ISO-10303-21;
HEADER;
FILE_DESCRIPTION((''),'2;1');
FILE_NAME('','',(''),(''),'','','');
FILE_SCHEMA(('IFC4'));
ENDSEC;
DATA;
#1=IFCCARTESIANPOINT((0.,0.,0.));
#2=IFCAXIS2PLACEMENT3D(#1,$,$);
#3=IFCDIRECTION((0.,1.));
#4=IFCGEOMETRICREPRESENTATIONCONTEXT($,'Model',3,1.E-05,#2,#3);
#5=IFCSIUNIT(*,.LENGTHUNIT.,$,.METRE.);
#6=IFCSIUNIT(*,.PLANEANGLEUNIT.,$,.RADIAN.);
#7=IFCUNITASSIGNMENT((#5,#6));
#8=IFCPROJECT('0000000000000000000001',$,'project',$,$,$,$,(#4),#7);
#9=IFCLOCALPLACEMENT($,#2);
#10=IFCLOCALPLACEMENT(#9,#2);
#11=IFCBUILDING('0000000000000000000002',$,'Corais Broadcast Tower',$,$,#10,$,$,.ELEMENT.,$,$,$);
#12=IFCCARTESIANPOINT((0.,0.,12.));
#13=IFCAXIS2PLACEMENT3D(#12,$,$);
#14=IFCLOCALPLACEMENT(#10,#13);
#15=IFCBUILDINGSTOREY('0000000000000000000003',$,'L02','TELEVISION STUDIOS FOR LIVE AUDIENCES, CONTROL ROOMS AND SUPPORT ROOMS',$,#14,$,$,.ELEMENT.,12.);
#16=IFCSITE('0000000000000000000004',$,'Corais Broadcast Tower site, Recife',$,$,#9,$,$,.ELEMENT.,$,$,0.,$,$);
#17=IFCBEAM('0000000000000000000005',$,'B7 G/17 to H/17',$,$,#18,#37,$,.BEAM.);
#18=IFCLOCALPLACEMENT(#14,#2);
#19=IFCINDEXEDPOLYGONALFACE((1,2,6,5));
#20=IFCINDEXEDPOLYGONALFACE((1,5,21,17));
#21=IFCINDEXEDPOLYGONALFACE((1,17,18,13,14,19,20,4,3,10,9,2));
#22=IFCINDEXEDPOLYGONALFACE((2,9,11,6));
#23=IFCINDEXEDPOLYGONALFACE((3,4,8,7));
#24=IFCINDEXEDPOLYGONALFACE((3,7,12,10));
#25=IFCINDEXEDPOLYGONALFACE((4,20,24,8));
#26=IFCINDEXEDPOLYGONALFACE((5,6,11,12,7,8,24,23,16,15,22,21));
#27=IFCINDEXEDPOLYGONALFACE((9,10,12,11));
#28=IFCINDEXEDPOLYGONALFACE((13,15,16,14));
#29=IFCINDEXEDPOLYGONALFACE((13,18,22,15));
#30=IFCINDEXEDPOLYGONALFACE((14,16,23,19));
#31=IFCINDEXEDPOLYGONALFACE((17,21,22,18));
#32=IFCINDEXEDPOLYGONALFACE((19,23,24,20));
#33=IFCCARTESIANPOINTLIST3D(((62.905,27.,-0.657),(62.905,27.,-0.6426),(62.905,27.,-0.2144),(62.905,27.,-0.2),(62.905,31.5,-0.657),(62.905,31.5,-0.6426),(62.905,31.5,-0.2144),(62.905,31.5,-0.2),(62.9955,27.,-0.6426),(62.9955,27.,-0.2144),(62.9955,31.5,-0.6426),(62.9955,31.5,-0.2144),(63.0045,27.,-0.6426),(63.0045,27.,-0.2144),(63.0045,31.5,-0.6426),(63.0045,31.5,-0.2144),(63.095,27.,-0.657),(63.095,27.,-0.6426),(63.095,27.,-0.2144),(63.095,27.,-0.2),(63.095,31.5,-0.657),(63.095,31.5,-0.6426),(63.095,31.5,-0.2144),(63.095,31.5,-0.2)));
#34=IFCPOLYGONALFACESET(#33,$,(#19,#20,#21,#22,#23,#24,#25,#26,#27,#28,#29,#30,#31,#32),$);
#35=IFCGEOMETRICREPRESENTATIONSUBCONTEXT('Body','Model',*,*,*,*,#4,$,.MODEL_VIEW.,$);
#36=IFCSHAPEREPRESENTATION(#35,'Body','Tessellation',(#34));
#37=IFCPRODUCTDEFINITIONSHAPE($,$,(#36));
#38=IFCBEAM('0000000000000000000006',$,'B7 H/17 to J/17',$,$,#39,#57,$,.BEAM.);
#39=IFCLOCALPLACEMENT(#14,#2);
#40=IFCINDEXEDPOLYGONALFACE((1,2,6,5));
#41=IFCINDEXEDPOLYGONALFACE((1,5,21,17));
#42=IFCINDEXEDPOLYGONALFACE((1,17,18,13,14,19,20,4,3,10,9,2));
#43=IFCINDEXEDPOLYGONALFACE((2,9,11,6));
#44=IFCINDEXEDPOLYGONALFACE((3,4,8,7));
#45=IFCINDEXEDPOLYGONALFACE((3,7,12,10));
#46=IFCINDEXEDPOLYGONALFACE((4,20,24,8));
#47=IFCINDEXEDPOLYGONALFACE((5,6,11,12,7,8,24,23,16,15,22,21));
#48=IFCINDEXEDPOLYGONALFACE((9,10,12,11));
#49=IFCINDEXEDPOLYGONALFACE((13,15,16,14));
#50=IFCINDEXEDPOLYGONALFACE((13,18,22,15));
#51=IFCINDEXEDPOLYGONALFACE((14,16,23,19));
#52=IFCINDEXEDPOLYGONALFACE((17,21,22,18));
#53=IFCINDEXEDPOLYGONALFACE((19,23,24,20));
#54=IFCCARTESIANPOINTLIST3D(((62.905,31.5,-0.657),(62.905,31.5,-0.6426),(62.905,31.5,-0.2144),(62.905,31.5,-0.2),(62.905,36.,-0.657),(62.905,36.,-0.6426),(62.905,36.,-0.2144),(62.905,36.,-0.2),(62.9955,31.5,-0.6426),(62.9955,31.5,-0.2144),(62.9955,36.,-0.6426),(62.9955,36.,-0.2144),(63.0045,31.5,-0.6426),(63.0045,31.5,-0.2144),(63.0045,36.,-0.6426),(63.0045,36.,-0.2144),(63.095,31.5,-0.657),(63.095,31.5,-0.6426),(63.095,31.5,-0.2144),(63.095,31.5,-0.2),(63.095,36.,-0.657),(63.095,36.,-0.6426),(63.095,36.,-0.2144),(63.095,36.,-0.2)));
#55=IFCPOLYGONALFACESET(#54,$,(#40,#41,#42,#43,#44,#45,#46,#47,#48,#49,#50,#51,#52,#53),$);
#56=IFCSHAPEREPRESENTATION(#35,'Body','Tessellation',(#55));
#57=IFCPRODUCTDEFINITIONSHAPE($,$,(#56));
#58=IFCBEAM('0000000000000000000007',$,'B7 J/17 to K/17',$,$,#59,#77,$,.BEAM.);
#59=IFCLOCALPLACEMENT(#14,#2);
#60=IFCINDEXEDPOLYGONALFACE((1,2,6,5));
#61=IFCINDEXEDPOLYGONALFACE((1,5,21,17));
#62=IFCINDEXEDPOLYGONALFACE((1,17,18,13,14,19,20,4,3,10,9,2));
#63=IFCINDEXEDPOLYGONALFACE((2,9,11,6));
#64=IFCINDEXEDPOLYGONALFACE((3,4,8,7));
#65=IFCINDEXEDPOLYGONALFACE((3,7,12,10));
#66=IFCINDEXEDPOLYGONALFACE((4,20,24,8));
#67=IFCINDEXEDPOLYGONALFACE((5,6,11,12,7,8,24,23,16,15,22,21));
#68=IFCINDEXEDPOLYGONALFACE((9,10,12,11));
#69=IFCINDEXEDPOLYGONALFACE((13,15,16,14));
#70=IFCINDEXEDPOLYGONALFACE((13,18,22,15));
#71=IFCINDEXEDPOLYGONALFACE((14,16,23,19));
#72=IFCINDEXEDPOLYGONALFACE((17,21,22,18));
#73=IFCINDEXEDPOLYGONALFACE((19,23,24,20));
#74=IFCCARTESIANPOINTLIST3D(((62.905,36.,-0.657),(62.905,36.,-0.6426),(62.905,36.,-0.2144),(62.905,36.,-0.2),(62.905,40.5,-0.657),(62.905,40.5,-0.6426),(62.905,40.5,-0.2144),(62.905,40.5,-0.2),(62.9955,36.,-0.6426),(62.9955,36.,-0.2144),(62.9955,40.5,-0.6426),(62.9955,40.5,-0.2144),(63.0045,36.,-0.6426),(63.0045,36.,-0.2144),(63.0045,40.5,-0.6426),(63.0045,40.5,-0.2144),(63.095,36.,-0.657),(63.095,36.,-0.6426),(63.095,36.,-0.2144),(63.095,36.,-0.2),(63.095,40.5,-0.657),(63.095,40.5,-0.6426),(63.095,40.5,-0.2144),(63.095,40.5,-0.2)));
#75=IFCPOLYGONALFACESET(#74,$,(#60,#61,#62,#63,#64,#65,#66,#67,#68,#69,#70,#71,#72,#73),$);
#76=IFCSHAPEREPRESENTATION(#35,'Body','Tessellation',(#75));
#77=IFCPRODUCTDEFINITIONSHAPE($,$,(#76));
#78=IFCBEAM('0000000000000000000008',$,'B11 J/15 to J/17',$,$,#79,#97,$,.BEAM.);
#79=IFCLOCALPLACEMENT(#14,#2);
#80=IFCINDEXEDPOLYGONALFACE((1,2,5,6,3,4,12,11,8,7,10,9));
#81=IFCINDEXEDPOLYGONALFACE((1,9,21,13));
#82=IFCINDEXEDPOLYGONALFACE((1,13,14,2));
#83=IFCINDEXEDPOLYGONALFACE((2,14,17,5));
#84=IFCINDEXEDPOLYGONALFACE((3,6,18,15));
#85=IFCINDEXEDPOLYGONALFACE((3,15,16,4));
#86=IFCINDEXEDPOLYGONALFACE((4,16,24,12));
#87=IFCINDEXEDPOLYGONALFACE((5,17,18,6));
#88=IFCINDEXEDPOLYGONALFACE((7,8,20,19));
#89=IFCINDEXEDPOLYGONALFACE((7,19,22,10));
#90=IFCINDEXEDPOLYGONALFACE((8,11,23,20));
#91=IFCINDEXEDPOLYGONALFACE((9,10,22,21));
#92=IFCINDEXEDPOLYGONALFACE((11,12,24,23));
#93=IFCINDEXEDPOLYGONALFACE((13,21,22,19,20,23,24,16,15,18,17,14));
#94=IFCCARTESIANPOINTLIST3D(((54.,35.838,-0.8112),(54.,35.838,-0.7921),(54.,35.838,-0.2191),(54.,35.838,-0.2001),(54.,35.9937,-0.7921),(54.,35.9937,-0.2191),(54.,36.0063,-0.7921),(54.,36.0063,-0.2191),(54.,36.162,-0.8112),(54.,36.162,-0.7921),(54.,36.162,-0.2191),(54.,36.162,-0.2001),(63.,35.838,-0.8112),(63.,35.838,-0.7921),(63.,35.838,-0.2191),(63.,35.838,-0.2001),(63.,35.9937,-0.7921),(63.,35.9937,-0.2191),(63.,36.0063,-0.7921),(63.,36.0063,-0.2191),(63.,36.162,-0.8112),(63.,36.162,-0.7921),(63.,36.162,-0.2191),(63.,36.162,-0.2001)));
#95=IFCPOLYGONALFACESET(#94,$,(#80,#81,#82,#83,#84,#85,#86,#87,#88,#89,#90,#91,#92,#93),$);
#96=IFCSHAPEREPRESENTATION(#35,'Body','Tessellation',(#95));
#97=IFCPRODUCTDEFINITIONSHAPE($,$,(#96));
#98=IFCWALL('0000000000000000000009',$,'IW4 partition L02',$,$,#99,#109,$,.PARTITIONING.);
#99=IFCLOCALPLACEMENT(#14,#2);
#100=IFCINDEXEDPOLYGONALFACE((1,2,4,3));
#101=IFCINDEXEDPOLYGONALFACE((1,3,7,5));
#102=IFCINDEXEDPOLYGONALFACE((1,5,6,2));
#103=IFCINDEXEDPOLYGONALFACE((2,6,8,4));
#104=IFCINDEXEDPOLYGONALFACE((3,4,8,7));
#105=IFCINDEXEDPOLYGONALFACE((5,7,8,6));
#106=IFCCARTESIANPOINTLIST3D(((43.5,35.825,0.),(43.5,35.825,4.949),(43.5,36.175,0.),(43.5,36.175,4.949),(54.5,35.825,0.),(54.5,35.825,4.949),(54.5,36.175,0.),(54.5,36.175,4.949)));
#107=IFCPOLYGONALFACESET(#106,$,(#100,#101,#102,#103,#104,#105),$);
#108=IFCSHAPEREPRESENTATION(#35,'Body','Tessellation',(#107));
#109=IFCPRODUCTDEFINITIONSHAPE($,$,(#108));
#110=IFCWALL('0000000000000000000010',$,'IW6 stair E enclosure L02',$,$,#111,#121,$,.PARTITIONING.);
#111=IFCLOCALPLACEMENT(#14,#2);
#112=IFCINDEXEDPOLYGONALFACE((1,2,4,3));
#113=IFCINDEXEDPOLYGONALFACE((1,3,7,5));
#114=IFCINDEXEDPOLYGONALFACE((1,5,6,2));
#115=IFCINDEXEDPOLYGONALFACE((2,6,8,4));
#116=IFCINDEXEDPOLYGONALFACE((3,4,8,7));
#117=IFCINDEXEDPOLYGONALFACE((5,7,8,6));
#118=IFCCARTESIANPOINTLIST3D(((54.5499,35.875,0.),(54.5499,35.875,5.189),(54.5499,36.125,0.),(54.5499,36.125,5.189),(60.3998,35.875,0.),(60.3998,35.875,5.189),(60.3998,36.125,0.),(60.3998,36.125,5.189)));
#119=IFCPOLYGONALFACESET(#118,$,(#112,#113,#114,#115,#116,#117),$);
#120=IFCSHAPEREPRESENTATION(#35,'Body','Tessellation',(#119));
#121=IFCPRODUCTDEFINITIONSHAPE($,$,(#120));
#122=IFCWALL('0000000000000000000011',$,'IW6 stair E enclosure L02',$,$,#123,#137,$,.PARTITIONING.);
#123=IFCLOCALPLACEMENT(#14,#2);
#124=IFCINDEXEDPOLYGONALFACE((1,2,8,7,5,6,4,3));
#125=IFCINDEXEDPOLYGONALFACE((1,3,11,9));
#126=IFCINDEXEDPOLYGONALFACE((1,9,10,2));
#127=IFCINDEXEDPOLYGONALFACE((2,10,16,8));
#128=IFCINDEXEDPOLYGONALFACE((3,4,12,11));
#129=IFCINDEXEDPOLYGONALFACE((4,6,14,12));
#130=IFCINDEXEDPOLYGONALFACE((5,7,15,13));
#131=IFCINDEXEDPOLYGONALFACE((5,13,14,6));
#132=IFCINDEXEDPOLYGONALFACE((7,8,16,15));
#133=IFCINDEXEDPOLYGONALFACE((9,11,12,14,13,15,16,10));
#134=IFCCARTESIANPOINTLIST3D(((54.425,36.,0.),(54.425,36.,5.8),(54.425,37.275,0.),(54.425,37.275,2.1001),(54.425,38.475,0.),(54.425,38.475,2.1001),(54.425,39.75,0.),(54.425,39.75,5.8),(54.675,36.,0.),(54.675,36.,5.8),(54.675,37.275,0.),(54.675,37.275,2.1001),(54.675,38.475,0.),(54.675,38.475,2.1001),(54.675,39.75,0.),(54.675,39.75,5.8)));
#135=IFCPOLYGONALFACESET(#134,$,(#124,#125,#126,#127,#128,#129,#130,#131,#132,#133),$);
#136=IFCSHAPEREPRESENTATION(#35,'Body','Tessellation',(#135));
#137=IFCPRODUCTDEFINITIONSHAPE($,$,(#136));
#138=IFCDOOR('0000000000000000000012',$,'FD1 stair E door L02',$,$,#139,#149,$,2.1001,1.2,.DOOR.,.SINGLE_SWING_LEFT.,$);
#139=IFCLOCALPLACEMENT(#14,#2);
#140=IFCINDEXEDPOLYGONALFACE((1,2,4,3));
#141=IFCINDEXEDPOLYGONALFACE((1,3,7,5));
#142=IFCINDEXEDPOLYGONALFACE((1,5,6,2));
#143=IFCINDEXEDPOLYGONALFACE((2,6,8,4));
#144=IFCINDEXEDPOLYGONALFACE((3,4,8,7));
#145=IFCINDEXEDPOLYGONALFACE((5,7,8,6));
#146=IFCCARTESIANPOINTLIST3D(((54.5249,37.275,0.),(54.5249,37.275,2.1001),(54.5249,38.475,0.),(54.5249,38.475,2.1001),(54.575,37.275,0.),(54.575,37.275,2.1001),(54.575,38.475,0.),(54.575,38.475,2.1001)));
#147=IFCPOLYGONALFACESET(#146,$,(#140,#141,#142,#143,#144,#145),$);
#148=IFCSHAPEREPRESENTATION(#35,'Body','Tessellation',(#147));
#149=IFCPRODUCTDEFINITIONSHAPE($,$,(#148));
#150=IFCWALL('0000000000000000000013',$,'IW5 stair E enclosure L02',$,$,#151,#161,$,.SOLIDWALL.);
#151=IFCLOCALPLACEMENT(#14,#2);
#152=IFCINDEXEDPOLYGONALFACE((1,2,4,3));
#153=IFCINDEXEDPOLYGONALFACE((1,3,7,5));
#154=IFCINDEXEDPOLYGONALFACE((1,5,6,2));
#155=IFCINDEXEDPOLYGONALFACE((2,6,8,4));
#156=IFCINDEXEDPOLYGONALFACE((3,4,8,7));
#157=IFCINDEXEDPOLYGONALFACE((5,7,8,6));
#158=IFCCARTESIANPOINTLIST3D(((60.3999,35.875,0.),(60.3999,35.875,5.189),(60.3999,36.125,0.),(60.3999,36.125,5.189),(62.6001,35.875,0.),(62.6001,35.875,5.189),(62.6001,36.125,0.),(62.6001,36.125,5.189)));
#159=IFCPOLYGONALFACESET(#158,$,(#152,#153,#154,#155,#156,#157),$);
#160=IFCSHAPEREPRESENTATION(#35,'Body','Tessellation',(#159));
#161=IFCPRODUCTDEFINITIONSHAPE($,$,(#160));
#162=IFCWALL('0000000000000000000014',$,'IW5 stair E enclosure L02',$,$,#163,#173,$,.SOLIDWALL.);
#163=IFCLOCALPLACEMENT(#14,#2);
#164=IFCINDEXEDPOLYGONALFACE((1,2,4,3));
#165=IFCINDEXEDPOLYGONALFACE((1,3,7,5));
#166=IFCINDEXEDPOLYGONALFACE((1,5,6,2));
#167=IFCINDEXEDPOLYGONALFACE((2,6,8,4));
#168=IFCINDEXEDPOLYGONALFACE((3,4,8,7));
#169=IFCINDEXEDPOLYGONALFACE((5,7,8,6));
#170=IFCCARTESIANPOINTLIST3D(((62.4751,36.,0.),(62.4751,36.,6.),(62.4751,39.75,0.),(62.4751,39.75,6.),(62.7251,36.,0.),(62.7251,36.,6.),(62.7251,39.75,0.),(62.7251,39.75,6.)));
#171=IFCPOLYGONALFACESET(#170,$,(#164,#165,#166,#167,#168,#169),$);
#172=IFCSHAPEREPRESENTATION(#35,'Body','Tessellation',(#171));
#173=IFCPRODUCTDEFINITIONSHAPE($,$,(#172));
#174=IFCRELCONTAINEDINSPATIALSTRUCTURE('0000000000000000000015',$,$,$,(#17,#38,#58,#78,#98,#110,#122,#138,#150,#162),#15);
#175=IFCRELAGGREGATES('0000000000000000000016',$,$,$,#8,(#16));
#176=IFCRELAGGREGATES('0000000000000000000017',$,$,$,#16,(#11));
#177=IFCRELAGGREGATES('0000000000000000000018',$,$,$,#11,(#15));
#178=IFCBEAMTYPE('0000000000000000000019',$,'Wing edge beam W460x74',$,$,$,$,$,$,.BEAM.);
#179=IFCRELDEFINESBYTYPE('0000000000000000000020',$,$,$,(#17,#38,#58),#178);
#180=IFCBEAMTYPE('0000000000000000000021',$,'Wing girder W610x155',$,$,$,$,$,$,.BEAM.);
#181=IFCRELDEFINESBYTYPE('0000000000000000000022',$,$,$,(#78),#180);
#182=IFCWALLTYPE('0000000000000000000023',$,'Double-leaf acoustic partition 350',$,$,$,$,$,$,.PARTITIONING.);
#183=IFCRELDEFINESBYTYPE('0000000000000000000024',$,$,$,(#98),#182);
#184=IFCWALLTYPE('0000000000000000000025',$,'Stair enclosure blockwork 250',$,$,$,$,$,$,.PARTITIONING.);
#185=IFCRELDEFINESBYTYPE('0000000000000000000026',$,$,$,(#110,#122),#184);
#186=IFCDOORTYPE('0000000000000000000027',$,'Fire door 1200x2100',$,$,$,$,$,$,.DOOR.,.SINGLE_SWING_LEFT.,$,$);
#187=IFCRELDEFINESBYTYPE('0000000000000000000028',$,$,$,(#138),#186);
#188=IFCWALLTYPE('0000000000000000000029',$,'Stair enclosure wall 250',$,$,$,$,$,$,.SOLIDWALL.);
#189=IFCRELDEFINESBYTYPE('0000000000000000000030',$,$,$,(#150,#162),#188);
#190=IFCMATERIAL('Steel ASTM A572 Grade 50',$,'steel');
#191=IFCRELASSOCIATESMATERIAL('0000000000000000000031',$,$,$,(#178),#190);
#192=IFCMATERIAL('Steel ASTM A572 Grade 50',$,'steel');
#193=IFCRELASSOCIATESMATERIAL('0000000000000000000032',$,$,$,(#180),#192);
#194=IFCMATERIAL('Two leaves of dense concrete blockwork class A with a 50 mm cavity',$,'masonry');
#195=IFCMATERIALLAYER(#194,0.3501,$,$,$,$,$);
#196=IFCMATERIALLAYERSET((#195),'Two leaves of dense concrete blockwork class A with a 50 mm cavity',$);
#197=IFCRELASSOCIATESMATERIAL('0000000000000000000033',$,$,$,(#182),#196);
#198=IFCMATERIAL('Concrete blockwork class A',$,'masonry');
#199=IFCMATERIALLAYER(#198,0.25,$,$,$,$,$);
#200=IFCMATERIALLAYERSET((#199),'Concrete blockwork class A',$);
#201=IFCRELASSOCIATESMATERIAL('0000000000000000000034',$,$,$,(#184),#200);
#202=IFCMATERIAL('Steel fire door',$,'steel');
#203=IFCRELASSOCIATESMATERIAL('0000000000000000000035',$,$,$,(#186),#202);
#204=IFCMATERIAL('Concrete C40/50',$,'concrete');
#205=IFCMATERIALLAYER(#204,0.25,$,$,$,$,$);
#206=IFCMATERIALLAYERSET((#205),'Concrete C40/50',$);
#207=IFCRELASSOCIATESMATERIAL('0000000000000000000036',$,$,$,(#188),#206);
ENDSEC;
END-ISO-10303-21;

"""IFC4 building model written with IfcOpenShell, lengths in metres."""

from ifc_helpers import new_model, si_unit, direction, frame, frame_2d, origin, origin_2d, place, context, subcontext, project, spatial, rectangle, i_section, extrude, material, layer, layer_set, material_profile, profile_set, type_object, element, fill, save


model = new_model("IFC4")

# Units and contexts
model_context = context("Model", 3, precision=1e-05, world=origin(), true_north=direction((0.0, 1.0)))
body_context = subcontext(model_context, "Body", "Model", "MODEL_VIEW")
ifc_project = project(units=[si_unit("LENGTHUNIT", "METRE"), si_unit("PLANEANGLEUNIT", "RADIAN")], contexts=[model_context])

# Site, building, storey
site_placement = place(None, origin())
site = spatial("IfcSite", under=ifc_project, at=site_placement, Name="Corais Broadcast Tower site, Recife", CompositionType="ELEMENT", RefElevation=0.0)
building_placement = place(site_placement, origin())
building = spatial("IfcBuilding", under=site, at=building_placement, Name="Corais Broadcast Tower", CompositionType="ELEMENT")
storey_placement = place(building_placement, frame((0.0, 0.0, 12.0)))
storey = spatial("IfcBuildingStorey", under=building, at=storey_placement, Name="L02", Description="TELEVISION STUDIOS FOR LIVE AUDIENCES, CONTROL ROOMS AND SUPPORT ROOMS", CompositionType="ELEMENT", Elevation=12.0)

# Beams
ifc_material_1 = material(Name="Steel ASTM A572 Grade 50", Category="steel")
ifc_material_profile_1 = material_profile(ifc_material_1, i_section(OverallWidth=0.1899, OverallDepth=0.457, WebThickness=0.009, FlangeThickness=0.0144, at=origin_2d()), Name="W460x74")
ifc_profile_set_1 = profile_set([ifc_material_profile_1], Name="Steel ASTM A572 Grade 50")
beam_type_1 = type_object("IfcBeamType", Name="Wing edge beam W460x74", PredefinedType="BEAM", material=ifc_profile_set_1)
for number, where, z_axis, x_axis, name in (
    (1, (63.0, 27.0, -0.4285), (0.0, 1.0, 0.0), (-1.0, 0.0, 0.0), "B7 G/17 to H/17"),
    (2, (63.0, 31.5, -0.4285), (0.0, 1.0, 0.0), (-1.0, 0.0, 0.0), "B7 H/17 to J/17"),
    (3, (63.0, 36.0, -0.4285), (0.0, 1.0, 0.0), (-1.0, 0.0, 0.0), "B7 J/17 to K/17"),
):
    element("IfcBeam", number, at=place(storey_placement, frame(where, z_axis=z_axis, x_axis=x_axis)), inside=storey, type_object=beam_type_1, Name=name, PredefinedType="BEAM", context=body_context, shape_type="SweptSolid", body=[
        extrude(i_section(OverallWidth=0.1899, OverallDepth=0.457, WebThickness=0.009, FlangeThickness=0.0144, at=origin_2d()), origin(), (0.0, 0.0, 1.0), 4.5),
    ])
ifc_material_2 = material(Name="Steel ASTM A572 Grade 50", Category="steel")
ifc_material_profile_2 = material_profile(ifc_material_2, i_section(OverallWidth=0.324, OverallDepth=0.6111, WebThickness=0.0127, FlangeThickness=0.019, at=origin_2d()), Name="W610x155")
ifc_profile_set_2 = profile_set([ifc_material_profile_2], Name="Steel ASTM A572 Grade 50")
beam_type_2 = type_object("IfcBeamType", Name="Wing girder W610x155", PredefinedType="BEAM", material=ifc_profile_set_2)
beam_1_placement = place(storey_placement, frame((54.0, 36.0, -0.5056), z_axis=(1.0, 0.0, 0.0), x_axis=(0.0, 1.0, 0.0)))
element("IfcBeam", 4, at=beam_1_placement, inside=storey, type_object=beam_type_2, Name="B11 J/15 to J/17", PredefinedType="BEAM", context=body_context, shape_type="SweptSolid", body=[
    extrude(i_section(OverallWidth=0.324, OverallDepth=0.6111, WebThickness=0.0127, FlangeThickness=0.019, at=origin_2d()), origin(), (0.0, 0.0, 1.0), 9.0),
])

# Walls
ifc_material_3 = material(Name="Two leaves of dense concrete blockwork class A with a 50 mm cavity", Category="masonry")
ifc_layer_1 = layer(ifc_material_3, 0.3501)
ifc_layer_set_1 = layer_set([ifc_layer_1], Name="Two leaves of dense concrete blockwork class A with a 50 mm cavity")
wall_type_1 = type_object("IfcWallType", Name="Double-leaf acoustic partition 350", PredefinedType="PARTITIONING", material=ifc_layer_set_1)
wall_1_placement = place(storey_placement, frame((54.5, 36.0, 0.0), z_axis=(0.0, 0.0, 1.0), x_axis=(-1.0, 0.0, 0.0)))
element("IfcWall", 5, at=wall_1_placement, inside=storey, type_object=wall_type_1, Name="IW4 partition L02", PredefinedType="PARTITIONING", context=body_context, shape_type="SweptSolid", body=[
    extrude(rectangle(XDim=11.0, YDim=0.3501, at=frame_2d((5.5, 0.0))), origin(), (0.0, 0.0, 1.0), 4.949),
])
ifc_material_4 = material(Name="Concrete blockwork class A", Category="masonry")
ifc_layer_2 = layer(ifc_material_4, 0.25)
ifc_layer_set_2 = layer_set([ifc_layer_2], Name="Concrete blockwork class A")
wall_type_2 = type_object("IfcWallType", Name="Stair enclosure blockwork 250", PredefinedType="PARTITIONING", material=ifc_layer_set_2)
wall_2_placement = place(storey_placement, frame((54.55, 36.0, 0.0), z_axis=(0.0, 0.0, 1.0), x_axis=(1.0, 0.0, 0.0)))
element("IfcWall", 6, at=wall_2_placement, inside=storey, type_object=wall_type_2, Name="IW6 stair E enclosure L02", PredefinedType="PARTITIONING", context=body_context, shape_type="SweptSolid", body=[
    extrude(rectangle(XDim=5.8499, YDim=0.25, at=frame_2d((2.9248, 0.0))), origin(), (0.0, 0.0, 1.0), 5.189),
])

# Wall, opening, door
wall_3_placement = place(storey_placement, frame((54.55, 39.75, 0.0), z_axis=(0.0, 0.0, 1.0), x_axis=(0.0, -1.0, 0.0)))
wall_3 = element("IfcWall", 7, at=wall_3_placement, inside=storey, type_object=wall_type_2, Name="IW6 stair E enclosure L02", PredefinedType="PARTITIONING", context=body_context, shape_type="SweptSolid", body=[
    extrude(rectangle(XDim=3.75, YDim=0.25, at=frame_2d((1.875, 0.0))), origin(), (0.0, 0.0, 1.0), 5.8),
])
opening_placement = place(wall_3_placement, frame((1.2749, 0.0, 0.0)))
opening = element("IfcOpeningElement", 8, at=opening_placement, cuts=wall_3, PredefinedType="OPENING", context=body_context, shape_type="SweptSolid", body=[
    extrude(rectangle(XDim=1.2, YDim=2.1001, at=frame_2d((0.6001, 1.05))), frame((0.0, 0.135, 0.0), z_axis=(0.0, -1.0, 0.0), x_axis=(1.0, 0.0, 0.0)), (0.0, 0.0, 1.0), 0.27),
])
ifc_material_5 = material(Name="Steel fire door", Category="steel")
door_type = type_object("IfcDoorType", Name="Fire door 1200x2100", OperationType="SINGLE_SWING_LEFT", PredefinedType="DOOR", material=ifc_material_5)
door_placement = place(opening_placement, origin())
door = element("IfcDoor", 9, at=door_placement, inside=storey, type_object=door_type, Name="FD1 stair E door L02", OperationType="SINGLE_SWING_LEFT", OverallHeight=2.1001, OverallWidth=1.2, PredefinedType="DOOR", context=body_context, shape_type="SweptSolid", body=[
    extrude(rectangle(XDim=1.2, YDim=2.1001, at=frame_2d((0.6001, 1.05))), frame((0.0, 0.0249, 0.0), z_axis=(0.0, -1.0, 0.0), x_axis=(1.0, 0.0, 0.0)), (0.0, 0.0, 1.0), 0.05),
])
fill(opening, door)

# Walls
ifc_material_6 = material(Name="Concrete C40/50", Category="concrete")
ifc_layer_3 = layer(ifc_material_6, 0.25)
ifc_layer_set_3 = layer_set([ifc_layer_3], Name="Concrete C40/50")
wall_type_3 = type_object("IfcWallType", Name="Stair enclosure wall 250", PredefinedType="SOLIDWALL", material=ifc_layer_set_3)
wall_4_placement = place(storey_placement, frame((60.3999, 36.0, 0.0), z_axis=(0.0, 0.0, 1.0), x_axis=(1.0, 0.0, 0.0)))
element("IfcWall", 10, at=wall_4_placement, inside=storey, type_object=wall_type_3, Name="IW5 stair E enclosure L02", PredefinedType="SOLIDWALL", context=body_context, shape_type="SweptSolid", body=[
    extrude(rectangle(XDim=2.2002, YDim=0.25, at=frame_2d((1.1001, 0.0))), origin(), (0.0, 0.0, 1.0), 5.189),
])
wall_5_placement = place(storey_placement, frame((62.6001, 36.0, 0.0), z_axis=(0.0, 0.0, 1.0), x_axis=(0.0, 1.0, 0.0)))
element("IfcWall", 11, at=wall_5_placement, inside=storey, type_object=wall_type_3, Name="IW5 stair E enclosure L02", PredefinedType="SOLIDWALL", context=body_context, shape_type="SweptSolid", body=[
    extrude(rectangle(XDim=3.75, YDim=0.25, at=frame_2d((1.875, 0.0))), origin(), (0.0, 0.0, 1.0), 6.0),
])

save(model, "model.ifc")
